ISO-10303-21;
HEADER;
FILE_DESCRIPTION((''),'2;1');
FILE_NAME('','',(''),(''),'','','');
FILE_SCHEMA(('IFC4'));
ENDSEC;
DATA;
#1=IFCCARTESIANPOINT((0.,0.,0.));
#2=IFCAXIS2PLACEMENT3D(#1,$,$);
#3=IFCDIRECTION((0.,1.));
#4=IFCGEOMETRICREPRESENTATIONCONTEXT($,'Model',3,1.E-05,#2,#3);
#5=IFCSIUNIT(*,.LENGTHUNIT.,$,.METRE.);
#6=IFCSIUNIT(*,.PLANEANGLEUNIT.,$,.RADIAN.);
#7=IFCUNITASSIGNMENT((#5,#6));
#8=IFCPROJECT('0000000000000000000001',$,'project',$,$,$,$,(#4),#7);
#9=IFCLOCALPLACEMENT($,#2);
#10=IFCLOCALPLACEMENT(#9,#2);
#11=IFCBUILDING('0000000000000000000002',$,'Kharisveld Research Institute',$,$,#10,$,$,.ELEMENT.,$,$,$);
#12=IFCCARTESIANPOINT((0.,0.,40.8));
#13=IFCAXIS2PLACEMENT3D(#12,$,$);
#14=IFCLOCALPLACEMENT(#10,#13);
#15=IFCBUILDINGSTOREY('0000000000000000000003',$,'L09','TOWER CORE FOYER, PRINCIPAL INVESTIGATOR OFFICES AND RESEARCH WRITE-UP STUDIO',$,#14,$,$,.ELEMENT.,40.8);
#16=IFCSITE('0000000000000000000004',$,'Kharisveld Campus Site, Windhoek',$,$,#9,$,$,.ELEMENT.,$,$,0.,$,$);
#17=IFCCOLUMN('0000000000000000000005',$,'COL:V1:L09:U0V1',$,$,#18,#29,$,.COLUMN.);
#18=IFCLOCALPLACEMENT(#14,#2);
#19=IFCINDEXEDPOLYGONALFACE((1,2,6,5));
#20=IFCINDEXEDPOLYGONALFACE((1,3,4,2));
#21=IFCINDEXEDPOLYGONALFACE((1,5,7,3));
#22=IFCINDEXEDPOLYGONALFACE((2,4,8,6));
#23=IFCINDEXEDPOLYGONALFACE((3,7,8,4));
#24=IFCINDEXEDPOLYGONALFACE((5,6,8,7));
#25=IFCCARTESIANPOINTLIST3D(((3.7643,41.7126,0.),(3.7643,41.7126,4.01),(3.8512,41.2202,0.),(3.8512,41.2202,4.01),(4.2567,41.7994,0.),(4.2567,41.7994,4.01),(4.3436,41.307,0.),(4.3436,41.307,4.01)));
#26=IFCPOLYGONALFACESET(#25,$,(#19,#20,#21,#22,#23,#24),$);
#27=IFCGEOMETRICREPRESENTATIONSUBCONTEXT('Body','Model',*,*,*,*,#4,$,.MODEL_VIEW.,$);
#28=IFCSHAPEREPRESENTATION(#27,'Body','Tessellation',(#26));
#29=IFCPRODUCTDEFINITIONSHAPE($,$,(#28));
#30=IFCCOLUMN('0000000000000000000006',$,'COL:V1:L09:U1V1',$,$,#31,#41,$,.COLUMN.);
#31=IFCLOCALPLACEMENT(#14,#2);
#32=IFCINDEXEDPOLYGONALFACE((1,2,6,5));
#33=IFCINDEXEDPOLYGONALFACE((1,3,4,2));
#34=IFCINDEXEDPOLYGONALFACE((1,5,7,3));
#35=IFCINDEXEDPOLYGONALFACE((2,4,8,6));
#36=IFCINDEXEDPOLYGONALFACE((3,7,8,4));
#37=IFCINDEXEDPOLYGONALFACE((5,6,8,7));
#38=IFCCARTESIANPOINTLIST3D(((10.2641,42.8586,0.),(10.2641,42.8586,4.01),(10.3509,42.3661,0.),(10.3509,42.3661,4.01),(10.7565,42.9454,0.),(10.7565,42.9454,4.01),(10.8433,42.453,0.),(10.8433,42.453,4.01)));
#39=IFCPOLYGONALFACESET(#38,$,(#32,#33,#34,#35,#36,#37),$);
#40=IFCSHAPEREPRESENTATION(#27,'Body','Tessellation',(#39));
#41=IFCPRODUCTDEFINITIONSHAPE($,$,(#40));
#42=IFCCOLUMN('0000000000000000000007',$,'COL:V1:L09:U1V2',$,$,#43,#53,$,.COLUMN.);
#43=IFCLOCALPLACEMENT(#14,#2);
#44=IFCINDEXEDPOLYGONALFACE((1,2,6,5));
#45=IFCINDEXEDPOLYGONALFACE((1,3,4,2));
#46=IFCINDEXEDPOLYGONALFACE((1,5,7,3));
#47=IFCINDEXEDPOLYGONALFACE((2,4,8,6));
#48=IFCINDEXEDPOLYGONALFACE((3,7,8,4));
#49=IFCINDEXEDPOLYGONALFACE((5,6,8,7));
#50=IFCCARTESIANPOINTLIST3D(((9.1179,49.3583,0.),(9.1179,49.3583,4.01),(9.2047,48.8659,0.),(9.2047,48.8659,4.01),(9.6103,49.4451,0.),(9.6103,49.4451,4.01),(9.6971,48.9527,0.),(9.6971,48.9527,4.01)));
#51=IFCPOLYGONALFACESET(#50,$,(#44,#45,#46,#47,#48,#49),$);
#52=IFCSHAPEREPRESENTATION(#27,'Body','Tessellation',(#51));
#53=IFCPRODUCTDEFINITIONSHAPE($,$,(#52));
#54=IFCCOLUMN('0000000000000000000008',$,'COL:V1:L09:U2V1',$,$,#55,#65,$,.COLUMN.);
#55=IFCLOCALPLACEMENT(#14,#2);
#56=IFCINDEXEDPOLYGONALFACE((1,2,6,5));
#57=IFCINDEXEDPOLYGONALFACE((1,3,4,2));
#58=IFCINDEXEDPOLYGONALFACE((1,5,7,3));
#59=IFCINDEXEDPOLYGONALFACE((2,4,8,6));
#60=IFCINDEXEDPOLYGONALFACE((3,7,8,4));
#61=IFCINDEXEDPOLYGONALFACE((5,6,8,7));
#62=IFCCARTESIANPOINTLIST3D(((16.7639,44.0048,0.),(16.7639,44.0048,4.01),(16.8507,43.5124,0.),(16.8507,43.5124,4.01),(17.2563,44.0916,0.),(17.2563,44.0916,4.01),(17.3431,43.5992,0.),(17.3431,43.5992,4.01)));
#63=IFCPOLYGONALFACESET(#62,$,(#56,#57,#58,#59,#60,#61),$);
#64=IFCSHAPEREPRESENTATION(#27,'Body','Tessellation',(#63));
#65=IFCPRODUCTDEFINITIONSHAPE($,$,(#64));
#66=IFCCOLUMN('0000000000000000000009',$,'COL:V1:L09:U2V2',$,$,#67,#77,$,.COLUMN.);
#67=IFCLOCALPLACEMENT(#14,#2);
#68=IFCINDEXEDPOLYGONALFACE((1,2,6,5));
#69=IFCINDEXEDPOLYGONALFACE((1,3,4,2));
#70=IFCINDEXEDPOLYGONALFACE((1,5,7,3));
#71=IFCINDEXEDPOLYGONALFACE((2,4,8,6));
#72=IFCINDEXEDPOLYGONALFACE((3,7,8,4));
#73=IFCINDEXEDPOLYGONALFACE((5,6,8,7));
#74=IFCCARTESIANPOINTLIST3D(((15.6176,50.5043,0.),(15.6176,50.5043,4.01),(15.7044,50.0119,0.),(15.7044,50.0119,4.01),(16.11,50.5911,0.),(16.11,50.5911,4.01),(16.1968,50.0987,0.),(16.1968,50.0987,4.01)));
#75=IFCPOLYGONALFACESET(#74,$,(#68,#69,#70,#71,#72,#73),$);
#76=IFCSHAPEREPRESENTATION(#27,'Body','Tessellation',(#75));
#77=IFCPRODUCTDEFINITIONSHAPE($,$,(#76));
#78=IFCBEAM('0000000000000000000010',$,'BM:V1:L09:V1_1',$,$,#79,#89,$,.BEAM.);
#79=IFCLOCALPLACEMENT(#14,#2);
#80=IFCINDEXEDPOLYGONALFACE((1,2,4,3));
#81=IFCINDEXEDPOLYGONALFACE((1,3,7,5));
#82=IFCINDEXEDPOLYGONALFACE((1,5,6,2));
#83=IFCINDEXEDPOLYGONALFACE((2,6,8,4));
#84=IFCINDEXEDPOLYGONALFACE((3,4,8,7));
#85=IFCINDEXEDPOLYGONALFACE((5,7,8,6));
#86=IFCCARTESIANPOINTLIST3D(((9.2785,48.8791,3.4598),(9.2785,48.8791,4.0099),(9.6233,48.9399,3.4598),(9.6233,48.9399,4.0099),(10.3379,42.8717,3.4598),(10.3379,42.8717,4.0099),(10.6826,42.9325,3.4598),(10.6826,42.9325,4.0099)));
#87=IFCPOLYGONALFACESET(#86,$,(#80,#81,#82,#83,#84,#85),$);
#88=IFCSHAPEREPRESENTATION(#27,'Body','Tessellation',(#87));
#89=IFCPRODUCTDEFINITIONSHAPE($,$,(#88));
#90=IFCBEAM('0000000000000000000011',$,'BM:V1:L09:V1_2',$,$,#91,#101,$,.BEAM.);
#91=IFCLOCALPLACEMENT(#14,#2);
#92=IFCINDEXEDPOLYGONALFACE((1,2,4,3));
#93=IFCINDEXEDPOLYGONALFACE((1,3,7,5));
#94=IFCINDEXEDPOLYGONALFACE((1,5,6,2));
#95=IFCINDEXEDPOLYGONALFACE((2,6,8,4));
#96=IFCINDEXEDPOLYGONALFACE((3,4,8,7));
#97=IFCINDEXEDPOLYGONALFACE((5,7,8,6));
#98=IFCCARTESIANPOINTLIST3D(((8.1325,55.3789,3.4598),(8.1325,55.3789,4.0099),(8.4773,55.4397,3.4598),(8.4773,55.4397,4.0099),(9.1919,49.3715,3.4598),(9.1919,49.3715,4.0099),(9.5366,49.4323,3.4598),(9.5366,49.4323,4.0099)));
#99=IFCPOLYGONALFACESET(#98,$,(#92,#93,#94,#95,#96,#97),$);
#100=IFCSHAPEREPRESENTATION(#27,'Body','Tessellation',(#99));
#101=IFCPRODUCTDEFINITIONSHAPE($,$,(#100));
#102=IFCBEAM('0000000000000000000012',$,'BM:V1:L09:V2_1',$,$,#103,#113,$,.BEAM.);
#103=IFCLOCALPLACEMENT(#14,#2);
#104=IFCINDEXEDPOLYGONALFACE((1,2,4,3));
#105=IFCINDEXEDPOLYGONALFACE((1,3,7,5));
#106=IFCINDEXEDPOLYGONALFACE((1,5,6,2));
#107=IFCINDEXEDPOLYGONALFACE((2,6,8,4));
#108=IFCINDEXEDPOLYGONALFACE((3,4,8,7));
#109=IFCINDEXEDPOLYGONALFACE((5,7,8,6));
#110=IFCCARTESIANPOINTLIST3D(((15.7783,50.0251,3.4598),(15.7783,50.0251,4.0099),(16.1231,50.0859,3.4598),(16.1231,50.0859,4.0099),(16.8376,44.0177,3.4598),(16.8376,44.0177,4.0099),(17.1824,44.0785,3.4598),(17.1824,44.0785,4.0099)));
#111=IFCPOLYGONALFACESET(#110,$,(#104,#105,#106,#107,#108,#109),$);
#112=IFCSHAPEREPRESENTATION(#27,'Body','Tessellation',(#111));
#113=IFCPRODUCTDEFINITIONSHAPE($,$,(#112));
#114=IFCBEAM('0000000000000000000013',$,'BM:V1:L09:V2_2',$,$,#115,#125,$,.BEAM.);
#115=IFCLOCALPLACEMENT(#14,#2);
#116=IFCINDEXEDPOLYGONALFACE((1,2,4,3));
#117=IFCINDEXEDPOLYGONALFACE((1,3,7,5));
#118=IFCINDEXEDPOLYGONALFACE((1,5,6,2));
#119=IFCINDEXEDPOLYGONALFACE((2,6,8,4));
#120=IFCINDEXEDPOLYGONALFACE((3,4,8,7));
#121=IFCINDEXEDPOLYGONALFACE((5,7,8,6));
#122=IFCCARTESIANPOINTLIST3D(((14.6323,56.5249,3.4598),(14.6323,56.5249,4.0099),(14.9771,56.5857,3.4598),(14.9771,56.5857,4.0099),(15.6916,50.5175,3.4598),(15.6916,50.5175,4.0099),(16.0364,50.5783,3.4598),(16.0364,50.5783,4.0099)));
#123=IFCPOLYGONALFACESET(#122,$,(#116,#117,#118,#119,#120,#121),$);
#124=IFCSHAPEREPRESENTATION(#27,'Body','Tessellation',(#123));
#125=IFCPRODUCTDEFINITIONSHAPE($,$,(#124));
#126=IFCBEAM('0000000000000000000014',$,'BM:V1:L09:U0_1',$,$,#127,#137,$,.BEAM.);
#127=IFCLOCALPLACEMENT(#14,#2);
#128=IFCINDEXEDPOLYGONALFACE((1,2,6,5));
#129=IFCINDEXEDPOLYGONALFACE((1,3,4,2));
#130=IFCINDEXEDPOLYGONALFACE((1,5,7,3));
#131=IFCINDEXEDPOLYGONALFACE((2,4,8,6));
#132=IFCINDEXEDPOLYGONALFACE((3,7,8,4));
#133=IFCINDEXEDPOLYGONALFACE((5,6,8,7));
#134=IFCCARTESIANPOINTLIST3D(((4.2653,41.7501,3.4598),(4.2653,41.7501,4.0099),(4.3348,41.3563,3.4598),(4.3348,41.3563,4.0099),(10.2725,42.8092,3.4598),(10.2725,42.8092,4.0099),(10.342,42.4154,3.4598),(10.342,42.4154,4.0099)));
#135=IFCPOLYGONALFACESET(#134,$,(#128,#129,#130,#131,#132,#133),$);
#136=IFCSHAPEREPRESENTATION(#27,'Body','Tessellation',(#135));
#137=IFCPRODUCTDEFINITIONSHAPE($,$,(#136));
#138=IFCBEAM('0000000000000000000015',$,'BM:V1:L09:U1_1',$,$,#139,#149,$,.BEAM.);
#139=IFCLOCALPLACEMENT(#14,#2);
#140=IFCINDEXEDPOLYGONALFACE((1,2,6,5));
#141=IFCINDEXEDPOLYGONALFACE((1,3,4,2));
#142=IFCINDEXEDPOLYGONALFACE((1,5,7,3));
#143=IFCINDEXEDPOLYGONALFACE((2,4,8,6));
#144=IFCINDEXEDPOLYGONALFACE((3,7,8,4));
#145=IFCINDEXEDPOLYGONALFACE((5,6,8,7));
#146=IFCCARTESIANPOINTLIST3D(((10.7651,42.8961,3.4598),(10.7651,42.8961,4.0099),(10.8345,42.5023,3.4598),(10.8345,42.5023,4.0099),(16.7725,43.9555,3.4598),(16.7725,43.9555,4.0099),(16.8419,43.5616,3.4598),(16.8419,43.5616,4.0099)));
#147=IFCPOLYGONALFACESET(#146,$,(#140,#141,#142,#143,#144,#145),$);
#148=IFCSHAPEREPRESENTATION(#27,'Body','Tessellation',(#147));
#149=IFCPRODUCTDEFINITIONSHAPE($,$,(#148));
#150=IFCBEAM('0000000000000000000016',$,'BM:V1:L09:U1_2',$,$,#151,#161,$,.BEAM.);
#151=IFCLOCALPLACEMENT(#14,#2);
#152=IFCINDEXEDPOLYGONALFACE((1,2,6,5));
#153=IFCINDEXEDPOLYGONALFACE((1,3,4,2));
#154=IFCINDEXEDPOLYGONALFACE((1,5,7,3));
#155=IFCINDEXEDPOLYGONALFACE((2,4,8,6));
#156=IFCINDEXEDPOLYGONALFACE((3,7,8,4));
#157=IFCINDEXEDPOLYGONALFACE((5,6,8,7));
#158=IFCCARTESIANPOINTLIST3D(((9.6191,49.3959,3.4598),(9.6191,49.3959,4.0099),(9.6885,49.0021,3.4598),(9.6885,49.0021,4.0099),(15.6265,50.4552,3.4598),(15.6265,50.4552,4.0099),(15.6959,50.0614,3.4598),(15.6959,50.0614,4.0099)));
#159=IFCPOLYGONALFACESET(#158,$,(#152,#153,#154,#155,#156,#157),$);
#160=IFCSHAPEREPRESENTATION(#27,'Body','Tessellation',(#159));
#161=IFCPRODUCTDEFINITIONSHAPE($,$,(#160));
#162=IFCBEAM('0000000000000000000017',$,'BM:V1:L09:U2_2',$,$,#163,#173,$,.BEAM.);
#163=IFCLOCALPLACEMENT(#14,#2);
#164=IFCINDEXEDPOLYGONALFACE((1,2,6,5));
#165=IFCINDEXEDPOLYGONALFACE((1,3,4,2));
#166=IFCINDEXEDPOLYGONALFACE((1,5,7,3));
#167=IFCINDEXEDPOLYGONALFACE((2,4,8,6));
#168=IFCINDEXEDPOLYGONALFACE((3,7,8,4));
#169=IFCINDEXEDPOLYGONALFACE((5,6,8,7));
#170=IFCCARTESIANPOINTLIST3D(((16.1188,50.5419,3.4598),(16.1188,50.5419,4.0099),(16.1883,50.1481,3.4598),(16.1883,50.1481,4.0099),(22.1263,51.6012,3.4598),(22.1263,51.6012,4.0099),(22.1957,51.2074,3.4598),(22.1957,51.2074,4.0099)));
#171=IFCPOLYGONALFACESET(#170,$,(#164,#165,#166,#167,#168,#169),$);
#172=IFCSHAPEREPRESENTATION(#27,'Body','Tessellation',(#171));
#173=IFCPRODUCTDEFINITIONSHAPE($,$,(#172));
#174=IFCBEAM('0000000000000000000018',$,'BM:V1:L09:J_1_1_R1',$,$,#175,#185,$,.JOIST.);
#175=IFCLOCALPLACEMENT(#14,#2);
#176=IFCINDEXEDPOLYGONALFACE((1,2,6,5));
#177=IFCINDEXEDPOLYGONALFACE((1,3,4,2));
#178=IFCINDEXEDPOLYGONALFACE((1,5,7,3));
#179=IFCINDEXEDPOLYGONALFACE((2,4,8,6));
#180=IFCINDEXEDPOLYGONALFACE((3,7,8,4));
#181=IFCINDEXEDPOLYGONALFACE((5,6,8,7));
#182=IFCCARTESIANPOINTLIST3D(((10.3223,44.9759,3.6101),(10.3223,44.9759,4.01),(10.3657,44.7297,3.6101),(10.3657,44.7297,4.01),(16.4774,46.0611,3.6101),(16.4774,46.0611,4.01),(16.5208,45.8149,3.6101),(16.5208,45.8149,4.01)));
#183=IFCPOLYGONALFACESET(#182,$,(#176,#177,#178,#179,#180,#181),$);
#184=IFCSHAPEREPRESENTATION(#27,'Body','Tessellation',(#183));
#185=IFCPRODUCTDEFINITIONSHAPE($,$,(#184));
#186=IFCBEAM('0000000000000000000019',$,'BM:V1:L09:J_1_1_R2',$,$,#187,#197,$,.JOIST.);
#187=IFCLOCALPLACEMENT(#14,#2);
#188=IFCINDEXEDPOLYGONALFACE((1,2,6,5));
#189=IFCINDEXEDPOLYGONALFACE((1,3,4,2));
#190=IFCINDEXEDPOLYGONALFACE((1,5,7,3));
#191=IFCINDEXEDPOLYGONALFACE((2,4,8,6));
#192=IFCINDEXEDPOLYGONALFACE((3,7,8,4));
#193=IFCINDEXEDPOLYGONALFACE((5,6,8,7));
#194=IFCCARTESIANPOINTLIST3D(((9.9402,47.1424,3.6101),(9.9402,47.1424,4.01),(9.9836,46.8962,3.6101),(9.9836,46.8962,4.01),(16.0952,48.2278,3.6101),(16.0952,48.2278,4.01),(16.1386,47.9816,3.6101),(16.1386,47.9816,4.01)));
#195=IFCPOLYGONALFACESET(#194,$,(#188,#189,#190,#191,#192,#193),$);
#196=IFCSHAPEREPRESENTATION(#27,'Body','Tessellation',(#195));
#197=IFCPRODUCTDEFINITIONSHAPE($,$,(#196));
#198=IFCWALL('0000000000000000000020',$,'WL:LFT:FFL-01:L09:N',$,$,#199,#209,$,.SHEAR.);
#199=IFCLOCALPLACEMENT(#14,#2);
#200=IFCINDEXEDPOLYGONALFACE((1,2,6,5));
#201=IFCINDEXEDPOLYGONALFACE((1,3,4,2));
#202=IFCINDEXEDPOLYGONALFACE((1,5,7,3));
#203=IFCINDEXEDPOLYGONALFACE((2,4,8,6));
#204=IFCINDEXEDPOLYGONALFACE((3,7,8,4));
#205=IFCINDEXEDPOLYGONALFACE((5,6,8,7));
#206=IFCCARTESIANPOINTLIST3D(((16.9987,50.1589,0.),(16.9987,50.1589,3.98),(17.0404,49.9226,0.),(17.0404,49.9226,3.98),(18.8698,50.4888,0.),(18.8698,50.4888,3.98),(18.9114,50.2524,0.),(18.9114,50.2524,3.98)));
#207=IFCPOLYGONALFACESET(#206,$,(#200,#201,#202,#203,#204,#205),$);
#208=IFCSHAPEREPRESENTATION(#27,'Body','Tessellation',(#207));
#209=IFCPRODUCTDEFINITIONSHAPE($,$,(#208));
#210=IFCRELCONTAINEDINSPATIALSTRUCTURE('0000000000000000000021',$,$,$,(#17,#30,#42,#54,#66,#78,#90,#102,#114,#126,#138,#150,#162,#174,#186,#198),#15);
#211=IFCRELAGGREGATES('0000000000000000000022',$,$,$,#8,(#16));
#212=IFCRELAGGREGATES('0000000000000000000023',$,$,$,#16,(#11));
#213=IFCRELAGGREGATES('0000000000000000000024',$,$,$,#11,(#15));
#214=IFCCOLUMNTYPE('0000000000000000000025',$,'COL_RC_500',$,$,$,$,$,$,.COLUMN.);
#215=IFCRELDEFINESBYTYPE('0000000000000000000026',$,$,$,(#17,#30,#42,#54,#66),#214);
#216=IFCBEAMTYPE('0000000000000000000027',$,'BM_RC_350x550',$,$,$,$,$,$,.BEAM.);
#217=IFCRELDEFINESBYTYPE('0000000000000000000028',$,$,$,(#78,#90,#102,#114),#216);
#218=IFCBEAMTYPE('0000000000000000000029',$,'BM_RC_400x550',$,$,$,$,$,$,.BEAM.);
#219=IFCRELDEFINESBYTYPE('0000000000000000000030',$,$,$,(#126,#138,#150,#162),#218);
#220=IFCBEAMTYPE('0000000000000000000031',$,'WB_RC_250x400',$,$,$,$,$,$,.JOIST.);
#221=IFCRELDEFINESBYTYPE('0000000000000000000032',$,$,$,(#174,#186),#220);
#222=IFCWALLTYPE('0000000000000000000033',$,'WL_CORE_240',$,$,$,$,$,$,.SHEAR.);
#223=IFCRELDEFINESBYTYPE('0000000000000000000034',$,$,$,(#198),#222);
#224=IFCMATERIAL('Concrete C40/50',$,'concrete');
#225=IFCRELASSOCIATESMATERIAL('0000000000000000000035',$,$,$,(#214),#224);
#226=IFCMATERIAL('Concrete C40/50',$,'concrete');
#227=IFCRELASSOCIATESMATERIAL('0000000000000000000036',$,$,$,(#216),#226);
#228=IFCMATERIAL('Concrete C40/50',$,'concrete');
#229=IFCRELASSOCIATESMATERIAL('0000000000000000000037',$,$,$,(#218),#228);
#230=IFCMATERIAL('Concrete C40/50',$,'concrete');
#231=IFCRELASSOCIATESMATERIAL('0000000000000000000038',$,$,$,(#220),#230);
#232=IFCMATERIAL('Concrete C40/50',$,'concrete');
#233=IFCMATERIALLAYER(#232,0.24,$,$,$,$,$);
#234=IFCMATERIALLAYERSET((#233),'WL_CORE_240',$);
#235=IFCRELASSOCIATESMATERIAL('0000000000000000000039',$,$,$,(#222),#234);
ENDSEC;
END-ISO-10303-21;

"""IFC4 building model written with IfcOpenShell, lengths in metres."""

from ifc_helpers import new_model, si_unit, direction, frame, frame_2d, origin, origin_2d, place, context, subcontext, project, spatial, rectangle, extrude, material, layer, layer_set, material_profile, profile_set, type_object, element, save


model = new_model("IFC4")

# Units and contexts
model_context = context("Model", 3, precision=1e-05, world=origin(), true_north=direction((0.0, 1.0)))
body_context = subcontext(model_context, "Body", "Model", "MODEL_VIEW")
ifc_project = project(units=[si_unit("LENGTHUNIT", "METRE"), si_unit("PLANEANGLEUNIT", "RADIAN")], contexts=[model_context])

# Site, building, storey
site_placement = place(None, origin())
site = spatial("IfcSite", under=ifc_project, at=site_placement, Name="Kharisveld Campus Site, Windhoek", CompositionType="ELEMENT", RefElevation=0.0)
building_placement = place(site_placement, origin())
building = spatial("IfcBuilding", under=site, at=building_placement, Name="Kharisveld Research Institute", CompositionType="ELEMENT")
storey_placement = place(building_placement, frame((0.0, 0.0, 40.8)))
storey = spatial("IfcBuildingStorey", under=building, at=storey_placement, Name="L09", Description="TOWER CORE FOYER, PRINCIPAL INVESTIGATOR OFFICES AND RESEARCH WRITE-UP STUDIO", CompositionType="ELEMENT", Elevation=40.8)

# Columns
ifc_material_1 = material(Name="Concrete C40/50", Category="concrete")
ifc_material_profile_1 = material_profile(ifc_material_1, rectangle(XDim=0.5, YDim=0.5, at=origin_2d()))
ifc_profile_set_1 = profile_set([ifc_material_profile_1], Name="Concrete C40/50")
column_type = type_object("IfcColumnType", Name="COL_RC_500", PredefinedType="COLUMN", material=ifc_profile_set_1)
for number, where, z_axis, x_axis, name in (
    (1, (4.054, 41.5098, 0.0), (0.0, 0.0, 1.0), (0.984808, 0.173648, 0.0), "COL:V1:L09:U0V1"),
    (2, (10.5537, 42.6558, 0.0), (0.0, 0.0, 1.0), (0.984808, 0.173648, 0.0), "COL:V1:L09:U1V1"),
    (3, (9.4075, 49.1555, 0.0), (0.0, 0.0, 1.0), (0.984808, 0.173648, 0.0), "COL:V1:L09:U1V2"),
    (4, (17.0535, 43.802, 0.0), (0.0, 0.0, 1.0), (0.984808, 0.173648, 0.0), "COL:V1:L09:U2V1"),
    (5, (15.9072, 50.3015, 0.0), (0.0, 0.0, 1.0), (0.984808, 0.173648, 0.0), "COL:V1:L09:U2V2"),
):
    element("IfcColumn", number, at=place(storey_placement, frame(where, z_axis=z_axis, x_axis=x_axis)), inside=storey, type_object=column_type, Name=name, PredefinedType="COLUMN", context=body_context, shape_type="SweptSolid", body=[
        extrude(rectangle(XDim=0.5, YDim=0.5, at=origin_2d()), origin(), (0.0, 0.0, 1.0), 4.01),
    ])

# Beams
ifc_material_2 = material(Name="Concrete C40/50", Category="concrete")
ifc_material_profile_2 = material_profile(ifc_material_2, rectangle(XDim=0.3501, YDim=0.55, at=origin_2d()))
ifc_profile_set_2 = profile_set([ifc_material_profile_2], Name="Concrete C40/50")
beam_type_1 = type_object("IfcBeamType", Name="BM_RC_350x550", PredefinedType="BEAM", material=ifc_profile_set_2)
for number, where, z_axis, x_axis, name in (
    (6, (10.5103, 42.9021, 3.7349), (-0.17366, 0.984806, 0.0), (-0.984806, -0.17366, 0.0), "BM:V1:L09:V1_1"),
    (7, (9.3643, 49.4019, 3.7349), (-0.17366, 0.984806, 0.0), (-0.984806, -0.17366, 0.0), "BM:V1:L09:V1_2"),
    (8, (17.01, 44.0481, 3.7349), (-0.17366, 0.984806, 0.0), (-0.984806, -0.17366, 0.0), "BM:V1:L09:V2_1"),
    (9, (15.864, 50.5479, 3.7349), (-0.17366, 0.984806, 0.0), (-0.984806, -0.17366, 0.0), "BM:V1:L09:V2_2"),
):
    element("IfcBeam", number, at=place(storey_placement, frame(where, z_axis=z_axis, x_axis=x_axis)), inside=storey, type_object=beam_type_1, Name=name, PredefinedType="BEAM", context=body_context, shape_type="SweptSolid", body=[
        extrude(rectangle(XDim=0.3501, YDim=0.55, at=origin_2d()), origin(), (0.0, 0.0, 1.0), 6.1001),
    ])
ifc_material_3 = material(Name="Concrete C40/50", Category="concrete")
ifc_material_profile_3 = material_profile(ifc_material_3, rectangle(XDim=0.3999, YDim=0.55, at=origin_2d()))
ifc_profile_set_3 = profile_set([ifc_material_profile_3], Name="Concrete C40/50")
beam_type_2 = type_object("IfcBeamType", Name="BM_RC_400x550", PredefinedType="BEAM", material=ifc_profile_set_3)
beam_placement = place(storey_placement, frame((4.3, 41.5532, 3.7349), z_axis=(0.984813, 0.173621, 0.0), x_axis=(-0.173621, 0.984813, 0.0)))
element("IfcBeam", 10, at=beam_placement, inside=storey, type_object=beam_type_2, Name="BM:V1:L09:U0_1", PredefinedType="BEAM", context=body_context, shape_type="SweptSolid", body=[
    extrude(rectangle(XDim=0.3999, YDim=0.55, at=origin_2d()), origin(), (0.0, 0.0, 1.0), 6.0999),
])
for number, where, z_axis, x_axis, name in (
    (11, (10.7998, 42.6992, 3.7349), (0.984806, 0.17366, 0.0), (-0.17366, 0.984806, 0.0), "BM:V1:L09:U1_1"),
    (12, (9.6538, 49.199, 3.7349), (0.984806, 0.17366, 0.0), (-0.17366, 0.984806, 0.0), "BM:V1:L09:U1_2"),
    (13, (16.1536, 50.345, 3.7349), (0.984806, 0.17366, 0.0), (-0.17366, 0.984806, 0.0), "BM:V1:L09:U2_2"),
):
    element("IfcBeam", number, at=place(storey_placement, frame(where, z_axis=z_axis, x_axis=x_axis)), inside=storey, type_object=beam_type_2, Name=name, PredefinedType="BEAM", context=body_context, shape_type="SweptSolid", body=[
        extrude(rectangle(XDim=0.3999, YDim=0.55, at=origin_2d()), origin(), (0.0, 0.0, 1.0), 6.1001),
    ])
ifc_material_4 = material(Name="Concrete C40/50", Category="concrete")
ifc_material_profile_4 = material_profile(ifc_material_4, rectangle(XDim=0.25, YDim=0.3999, at=origin_2d()))
ifc_profile_set_4 = profile_set([ifc_material_profile_4], Name="Concrete C40/50")
beam_type_3 = type_object("IfcBeamType", Name="WB_RC_250x400", PredefinedType="JOIST", material=ifc_profile_set_4)
for number, where, z_axis, x_axis, name in (
    (14, (10.344, 44.8528, 3.8101), (0.98481, 0.173634, 0.0), (-0.173634, 0.98481, 0.0), "BM:V1:L09:J_1_1_R1"),
    (15, (9.9619, 47.0193, 3.8101), (0.984804, 0.173672, 0.0), (-0.173672, 0.984804, 0.0), "BM:V1:L09:J_1_1_R2"),
):
    element("IfcBeam", number, at=place(storey_placement, frame(where, z_axis=z_axis, x_axis=x_axis)), inside=storey, type_object=beam_type_3, Name=name, PredefinedType="JOIST", context=body_context, shape_type="SweptSolid", body=[
        extrude(rectangle(XDim=0.25, YDim=0.3999, at=origin_2d()), origin(), (0.0, 0.0, 1.0), 6.25),
    ])

# Wall
ifc_material_5 = material(Name="Concrete C40/50", Category="concrete")
ifc_layer_1 = layer(ifc_material_5, 0.24)
ifc_layer_set_1 = layer_set([ifc_layer_1], Name="WL_CORE_240")
wall_type_1 = type_object("IfcWallType", Name="WL_CORE_240", PredefinedType="SHEAR", material=ifc_layer_set_1)
wall_1_placement = place(storey_placement, frame((17.0195, 50.0408, 0.0), z_axis=(0.0, 0.0, 1.0), x_axis=(0.984816, 0.173602, 0.0)))
element("IfcWall", 16, at=wall_1_placement, inside=storey, type_object=wall_type_1, Name="WL:LFT:FFL-01:L09:N", PredefinedType="SHEAR", context=body_context, shape_type="SweptSolid", body=[
    extrude(rectangle(XDim=1.8999, YDim=0.24, at=frame_2d((0.95, 0.0))), origin(), (0.0, 0.0, 1.0), 3.98),
])

save(model, "model.ifc")
